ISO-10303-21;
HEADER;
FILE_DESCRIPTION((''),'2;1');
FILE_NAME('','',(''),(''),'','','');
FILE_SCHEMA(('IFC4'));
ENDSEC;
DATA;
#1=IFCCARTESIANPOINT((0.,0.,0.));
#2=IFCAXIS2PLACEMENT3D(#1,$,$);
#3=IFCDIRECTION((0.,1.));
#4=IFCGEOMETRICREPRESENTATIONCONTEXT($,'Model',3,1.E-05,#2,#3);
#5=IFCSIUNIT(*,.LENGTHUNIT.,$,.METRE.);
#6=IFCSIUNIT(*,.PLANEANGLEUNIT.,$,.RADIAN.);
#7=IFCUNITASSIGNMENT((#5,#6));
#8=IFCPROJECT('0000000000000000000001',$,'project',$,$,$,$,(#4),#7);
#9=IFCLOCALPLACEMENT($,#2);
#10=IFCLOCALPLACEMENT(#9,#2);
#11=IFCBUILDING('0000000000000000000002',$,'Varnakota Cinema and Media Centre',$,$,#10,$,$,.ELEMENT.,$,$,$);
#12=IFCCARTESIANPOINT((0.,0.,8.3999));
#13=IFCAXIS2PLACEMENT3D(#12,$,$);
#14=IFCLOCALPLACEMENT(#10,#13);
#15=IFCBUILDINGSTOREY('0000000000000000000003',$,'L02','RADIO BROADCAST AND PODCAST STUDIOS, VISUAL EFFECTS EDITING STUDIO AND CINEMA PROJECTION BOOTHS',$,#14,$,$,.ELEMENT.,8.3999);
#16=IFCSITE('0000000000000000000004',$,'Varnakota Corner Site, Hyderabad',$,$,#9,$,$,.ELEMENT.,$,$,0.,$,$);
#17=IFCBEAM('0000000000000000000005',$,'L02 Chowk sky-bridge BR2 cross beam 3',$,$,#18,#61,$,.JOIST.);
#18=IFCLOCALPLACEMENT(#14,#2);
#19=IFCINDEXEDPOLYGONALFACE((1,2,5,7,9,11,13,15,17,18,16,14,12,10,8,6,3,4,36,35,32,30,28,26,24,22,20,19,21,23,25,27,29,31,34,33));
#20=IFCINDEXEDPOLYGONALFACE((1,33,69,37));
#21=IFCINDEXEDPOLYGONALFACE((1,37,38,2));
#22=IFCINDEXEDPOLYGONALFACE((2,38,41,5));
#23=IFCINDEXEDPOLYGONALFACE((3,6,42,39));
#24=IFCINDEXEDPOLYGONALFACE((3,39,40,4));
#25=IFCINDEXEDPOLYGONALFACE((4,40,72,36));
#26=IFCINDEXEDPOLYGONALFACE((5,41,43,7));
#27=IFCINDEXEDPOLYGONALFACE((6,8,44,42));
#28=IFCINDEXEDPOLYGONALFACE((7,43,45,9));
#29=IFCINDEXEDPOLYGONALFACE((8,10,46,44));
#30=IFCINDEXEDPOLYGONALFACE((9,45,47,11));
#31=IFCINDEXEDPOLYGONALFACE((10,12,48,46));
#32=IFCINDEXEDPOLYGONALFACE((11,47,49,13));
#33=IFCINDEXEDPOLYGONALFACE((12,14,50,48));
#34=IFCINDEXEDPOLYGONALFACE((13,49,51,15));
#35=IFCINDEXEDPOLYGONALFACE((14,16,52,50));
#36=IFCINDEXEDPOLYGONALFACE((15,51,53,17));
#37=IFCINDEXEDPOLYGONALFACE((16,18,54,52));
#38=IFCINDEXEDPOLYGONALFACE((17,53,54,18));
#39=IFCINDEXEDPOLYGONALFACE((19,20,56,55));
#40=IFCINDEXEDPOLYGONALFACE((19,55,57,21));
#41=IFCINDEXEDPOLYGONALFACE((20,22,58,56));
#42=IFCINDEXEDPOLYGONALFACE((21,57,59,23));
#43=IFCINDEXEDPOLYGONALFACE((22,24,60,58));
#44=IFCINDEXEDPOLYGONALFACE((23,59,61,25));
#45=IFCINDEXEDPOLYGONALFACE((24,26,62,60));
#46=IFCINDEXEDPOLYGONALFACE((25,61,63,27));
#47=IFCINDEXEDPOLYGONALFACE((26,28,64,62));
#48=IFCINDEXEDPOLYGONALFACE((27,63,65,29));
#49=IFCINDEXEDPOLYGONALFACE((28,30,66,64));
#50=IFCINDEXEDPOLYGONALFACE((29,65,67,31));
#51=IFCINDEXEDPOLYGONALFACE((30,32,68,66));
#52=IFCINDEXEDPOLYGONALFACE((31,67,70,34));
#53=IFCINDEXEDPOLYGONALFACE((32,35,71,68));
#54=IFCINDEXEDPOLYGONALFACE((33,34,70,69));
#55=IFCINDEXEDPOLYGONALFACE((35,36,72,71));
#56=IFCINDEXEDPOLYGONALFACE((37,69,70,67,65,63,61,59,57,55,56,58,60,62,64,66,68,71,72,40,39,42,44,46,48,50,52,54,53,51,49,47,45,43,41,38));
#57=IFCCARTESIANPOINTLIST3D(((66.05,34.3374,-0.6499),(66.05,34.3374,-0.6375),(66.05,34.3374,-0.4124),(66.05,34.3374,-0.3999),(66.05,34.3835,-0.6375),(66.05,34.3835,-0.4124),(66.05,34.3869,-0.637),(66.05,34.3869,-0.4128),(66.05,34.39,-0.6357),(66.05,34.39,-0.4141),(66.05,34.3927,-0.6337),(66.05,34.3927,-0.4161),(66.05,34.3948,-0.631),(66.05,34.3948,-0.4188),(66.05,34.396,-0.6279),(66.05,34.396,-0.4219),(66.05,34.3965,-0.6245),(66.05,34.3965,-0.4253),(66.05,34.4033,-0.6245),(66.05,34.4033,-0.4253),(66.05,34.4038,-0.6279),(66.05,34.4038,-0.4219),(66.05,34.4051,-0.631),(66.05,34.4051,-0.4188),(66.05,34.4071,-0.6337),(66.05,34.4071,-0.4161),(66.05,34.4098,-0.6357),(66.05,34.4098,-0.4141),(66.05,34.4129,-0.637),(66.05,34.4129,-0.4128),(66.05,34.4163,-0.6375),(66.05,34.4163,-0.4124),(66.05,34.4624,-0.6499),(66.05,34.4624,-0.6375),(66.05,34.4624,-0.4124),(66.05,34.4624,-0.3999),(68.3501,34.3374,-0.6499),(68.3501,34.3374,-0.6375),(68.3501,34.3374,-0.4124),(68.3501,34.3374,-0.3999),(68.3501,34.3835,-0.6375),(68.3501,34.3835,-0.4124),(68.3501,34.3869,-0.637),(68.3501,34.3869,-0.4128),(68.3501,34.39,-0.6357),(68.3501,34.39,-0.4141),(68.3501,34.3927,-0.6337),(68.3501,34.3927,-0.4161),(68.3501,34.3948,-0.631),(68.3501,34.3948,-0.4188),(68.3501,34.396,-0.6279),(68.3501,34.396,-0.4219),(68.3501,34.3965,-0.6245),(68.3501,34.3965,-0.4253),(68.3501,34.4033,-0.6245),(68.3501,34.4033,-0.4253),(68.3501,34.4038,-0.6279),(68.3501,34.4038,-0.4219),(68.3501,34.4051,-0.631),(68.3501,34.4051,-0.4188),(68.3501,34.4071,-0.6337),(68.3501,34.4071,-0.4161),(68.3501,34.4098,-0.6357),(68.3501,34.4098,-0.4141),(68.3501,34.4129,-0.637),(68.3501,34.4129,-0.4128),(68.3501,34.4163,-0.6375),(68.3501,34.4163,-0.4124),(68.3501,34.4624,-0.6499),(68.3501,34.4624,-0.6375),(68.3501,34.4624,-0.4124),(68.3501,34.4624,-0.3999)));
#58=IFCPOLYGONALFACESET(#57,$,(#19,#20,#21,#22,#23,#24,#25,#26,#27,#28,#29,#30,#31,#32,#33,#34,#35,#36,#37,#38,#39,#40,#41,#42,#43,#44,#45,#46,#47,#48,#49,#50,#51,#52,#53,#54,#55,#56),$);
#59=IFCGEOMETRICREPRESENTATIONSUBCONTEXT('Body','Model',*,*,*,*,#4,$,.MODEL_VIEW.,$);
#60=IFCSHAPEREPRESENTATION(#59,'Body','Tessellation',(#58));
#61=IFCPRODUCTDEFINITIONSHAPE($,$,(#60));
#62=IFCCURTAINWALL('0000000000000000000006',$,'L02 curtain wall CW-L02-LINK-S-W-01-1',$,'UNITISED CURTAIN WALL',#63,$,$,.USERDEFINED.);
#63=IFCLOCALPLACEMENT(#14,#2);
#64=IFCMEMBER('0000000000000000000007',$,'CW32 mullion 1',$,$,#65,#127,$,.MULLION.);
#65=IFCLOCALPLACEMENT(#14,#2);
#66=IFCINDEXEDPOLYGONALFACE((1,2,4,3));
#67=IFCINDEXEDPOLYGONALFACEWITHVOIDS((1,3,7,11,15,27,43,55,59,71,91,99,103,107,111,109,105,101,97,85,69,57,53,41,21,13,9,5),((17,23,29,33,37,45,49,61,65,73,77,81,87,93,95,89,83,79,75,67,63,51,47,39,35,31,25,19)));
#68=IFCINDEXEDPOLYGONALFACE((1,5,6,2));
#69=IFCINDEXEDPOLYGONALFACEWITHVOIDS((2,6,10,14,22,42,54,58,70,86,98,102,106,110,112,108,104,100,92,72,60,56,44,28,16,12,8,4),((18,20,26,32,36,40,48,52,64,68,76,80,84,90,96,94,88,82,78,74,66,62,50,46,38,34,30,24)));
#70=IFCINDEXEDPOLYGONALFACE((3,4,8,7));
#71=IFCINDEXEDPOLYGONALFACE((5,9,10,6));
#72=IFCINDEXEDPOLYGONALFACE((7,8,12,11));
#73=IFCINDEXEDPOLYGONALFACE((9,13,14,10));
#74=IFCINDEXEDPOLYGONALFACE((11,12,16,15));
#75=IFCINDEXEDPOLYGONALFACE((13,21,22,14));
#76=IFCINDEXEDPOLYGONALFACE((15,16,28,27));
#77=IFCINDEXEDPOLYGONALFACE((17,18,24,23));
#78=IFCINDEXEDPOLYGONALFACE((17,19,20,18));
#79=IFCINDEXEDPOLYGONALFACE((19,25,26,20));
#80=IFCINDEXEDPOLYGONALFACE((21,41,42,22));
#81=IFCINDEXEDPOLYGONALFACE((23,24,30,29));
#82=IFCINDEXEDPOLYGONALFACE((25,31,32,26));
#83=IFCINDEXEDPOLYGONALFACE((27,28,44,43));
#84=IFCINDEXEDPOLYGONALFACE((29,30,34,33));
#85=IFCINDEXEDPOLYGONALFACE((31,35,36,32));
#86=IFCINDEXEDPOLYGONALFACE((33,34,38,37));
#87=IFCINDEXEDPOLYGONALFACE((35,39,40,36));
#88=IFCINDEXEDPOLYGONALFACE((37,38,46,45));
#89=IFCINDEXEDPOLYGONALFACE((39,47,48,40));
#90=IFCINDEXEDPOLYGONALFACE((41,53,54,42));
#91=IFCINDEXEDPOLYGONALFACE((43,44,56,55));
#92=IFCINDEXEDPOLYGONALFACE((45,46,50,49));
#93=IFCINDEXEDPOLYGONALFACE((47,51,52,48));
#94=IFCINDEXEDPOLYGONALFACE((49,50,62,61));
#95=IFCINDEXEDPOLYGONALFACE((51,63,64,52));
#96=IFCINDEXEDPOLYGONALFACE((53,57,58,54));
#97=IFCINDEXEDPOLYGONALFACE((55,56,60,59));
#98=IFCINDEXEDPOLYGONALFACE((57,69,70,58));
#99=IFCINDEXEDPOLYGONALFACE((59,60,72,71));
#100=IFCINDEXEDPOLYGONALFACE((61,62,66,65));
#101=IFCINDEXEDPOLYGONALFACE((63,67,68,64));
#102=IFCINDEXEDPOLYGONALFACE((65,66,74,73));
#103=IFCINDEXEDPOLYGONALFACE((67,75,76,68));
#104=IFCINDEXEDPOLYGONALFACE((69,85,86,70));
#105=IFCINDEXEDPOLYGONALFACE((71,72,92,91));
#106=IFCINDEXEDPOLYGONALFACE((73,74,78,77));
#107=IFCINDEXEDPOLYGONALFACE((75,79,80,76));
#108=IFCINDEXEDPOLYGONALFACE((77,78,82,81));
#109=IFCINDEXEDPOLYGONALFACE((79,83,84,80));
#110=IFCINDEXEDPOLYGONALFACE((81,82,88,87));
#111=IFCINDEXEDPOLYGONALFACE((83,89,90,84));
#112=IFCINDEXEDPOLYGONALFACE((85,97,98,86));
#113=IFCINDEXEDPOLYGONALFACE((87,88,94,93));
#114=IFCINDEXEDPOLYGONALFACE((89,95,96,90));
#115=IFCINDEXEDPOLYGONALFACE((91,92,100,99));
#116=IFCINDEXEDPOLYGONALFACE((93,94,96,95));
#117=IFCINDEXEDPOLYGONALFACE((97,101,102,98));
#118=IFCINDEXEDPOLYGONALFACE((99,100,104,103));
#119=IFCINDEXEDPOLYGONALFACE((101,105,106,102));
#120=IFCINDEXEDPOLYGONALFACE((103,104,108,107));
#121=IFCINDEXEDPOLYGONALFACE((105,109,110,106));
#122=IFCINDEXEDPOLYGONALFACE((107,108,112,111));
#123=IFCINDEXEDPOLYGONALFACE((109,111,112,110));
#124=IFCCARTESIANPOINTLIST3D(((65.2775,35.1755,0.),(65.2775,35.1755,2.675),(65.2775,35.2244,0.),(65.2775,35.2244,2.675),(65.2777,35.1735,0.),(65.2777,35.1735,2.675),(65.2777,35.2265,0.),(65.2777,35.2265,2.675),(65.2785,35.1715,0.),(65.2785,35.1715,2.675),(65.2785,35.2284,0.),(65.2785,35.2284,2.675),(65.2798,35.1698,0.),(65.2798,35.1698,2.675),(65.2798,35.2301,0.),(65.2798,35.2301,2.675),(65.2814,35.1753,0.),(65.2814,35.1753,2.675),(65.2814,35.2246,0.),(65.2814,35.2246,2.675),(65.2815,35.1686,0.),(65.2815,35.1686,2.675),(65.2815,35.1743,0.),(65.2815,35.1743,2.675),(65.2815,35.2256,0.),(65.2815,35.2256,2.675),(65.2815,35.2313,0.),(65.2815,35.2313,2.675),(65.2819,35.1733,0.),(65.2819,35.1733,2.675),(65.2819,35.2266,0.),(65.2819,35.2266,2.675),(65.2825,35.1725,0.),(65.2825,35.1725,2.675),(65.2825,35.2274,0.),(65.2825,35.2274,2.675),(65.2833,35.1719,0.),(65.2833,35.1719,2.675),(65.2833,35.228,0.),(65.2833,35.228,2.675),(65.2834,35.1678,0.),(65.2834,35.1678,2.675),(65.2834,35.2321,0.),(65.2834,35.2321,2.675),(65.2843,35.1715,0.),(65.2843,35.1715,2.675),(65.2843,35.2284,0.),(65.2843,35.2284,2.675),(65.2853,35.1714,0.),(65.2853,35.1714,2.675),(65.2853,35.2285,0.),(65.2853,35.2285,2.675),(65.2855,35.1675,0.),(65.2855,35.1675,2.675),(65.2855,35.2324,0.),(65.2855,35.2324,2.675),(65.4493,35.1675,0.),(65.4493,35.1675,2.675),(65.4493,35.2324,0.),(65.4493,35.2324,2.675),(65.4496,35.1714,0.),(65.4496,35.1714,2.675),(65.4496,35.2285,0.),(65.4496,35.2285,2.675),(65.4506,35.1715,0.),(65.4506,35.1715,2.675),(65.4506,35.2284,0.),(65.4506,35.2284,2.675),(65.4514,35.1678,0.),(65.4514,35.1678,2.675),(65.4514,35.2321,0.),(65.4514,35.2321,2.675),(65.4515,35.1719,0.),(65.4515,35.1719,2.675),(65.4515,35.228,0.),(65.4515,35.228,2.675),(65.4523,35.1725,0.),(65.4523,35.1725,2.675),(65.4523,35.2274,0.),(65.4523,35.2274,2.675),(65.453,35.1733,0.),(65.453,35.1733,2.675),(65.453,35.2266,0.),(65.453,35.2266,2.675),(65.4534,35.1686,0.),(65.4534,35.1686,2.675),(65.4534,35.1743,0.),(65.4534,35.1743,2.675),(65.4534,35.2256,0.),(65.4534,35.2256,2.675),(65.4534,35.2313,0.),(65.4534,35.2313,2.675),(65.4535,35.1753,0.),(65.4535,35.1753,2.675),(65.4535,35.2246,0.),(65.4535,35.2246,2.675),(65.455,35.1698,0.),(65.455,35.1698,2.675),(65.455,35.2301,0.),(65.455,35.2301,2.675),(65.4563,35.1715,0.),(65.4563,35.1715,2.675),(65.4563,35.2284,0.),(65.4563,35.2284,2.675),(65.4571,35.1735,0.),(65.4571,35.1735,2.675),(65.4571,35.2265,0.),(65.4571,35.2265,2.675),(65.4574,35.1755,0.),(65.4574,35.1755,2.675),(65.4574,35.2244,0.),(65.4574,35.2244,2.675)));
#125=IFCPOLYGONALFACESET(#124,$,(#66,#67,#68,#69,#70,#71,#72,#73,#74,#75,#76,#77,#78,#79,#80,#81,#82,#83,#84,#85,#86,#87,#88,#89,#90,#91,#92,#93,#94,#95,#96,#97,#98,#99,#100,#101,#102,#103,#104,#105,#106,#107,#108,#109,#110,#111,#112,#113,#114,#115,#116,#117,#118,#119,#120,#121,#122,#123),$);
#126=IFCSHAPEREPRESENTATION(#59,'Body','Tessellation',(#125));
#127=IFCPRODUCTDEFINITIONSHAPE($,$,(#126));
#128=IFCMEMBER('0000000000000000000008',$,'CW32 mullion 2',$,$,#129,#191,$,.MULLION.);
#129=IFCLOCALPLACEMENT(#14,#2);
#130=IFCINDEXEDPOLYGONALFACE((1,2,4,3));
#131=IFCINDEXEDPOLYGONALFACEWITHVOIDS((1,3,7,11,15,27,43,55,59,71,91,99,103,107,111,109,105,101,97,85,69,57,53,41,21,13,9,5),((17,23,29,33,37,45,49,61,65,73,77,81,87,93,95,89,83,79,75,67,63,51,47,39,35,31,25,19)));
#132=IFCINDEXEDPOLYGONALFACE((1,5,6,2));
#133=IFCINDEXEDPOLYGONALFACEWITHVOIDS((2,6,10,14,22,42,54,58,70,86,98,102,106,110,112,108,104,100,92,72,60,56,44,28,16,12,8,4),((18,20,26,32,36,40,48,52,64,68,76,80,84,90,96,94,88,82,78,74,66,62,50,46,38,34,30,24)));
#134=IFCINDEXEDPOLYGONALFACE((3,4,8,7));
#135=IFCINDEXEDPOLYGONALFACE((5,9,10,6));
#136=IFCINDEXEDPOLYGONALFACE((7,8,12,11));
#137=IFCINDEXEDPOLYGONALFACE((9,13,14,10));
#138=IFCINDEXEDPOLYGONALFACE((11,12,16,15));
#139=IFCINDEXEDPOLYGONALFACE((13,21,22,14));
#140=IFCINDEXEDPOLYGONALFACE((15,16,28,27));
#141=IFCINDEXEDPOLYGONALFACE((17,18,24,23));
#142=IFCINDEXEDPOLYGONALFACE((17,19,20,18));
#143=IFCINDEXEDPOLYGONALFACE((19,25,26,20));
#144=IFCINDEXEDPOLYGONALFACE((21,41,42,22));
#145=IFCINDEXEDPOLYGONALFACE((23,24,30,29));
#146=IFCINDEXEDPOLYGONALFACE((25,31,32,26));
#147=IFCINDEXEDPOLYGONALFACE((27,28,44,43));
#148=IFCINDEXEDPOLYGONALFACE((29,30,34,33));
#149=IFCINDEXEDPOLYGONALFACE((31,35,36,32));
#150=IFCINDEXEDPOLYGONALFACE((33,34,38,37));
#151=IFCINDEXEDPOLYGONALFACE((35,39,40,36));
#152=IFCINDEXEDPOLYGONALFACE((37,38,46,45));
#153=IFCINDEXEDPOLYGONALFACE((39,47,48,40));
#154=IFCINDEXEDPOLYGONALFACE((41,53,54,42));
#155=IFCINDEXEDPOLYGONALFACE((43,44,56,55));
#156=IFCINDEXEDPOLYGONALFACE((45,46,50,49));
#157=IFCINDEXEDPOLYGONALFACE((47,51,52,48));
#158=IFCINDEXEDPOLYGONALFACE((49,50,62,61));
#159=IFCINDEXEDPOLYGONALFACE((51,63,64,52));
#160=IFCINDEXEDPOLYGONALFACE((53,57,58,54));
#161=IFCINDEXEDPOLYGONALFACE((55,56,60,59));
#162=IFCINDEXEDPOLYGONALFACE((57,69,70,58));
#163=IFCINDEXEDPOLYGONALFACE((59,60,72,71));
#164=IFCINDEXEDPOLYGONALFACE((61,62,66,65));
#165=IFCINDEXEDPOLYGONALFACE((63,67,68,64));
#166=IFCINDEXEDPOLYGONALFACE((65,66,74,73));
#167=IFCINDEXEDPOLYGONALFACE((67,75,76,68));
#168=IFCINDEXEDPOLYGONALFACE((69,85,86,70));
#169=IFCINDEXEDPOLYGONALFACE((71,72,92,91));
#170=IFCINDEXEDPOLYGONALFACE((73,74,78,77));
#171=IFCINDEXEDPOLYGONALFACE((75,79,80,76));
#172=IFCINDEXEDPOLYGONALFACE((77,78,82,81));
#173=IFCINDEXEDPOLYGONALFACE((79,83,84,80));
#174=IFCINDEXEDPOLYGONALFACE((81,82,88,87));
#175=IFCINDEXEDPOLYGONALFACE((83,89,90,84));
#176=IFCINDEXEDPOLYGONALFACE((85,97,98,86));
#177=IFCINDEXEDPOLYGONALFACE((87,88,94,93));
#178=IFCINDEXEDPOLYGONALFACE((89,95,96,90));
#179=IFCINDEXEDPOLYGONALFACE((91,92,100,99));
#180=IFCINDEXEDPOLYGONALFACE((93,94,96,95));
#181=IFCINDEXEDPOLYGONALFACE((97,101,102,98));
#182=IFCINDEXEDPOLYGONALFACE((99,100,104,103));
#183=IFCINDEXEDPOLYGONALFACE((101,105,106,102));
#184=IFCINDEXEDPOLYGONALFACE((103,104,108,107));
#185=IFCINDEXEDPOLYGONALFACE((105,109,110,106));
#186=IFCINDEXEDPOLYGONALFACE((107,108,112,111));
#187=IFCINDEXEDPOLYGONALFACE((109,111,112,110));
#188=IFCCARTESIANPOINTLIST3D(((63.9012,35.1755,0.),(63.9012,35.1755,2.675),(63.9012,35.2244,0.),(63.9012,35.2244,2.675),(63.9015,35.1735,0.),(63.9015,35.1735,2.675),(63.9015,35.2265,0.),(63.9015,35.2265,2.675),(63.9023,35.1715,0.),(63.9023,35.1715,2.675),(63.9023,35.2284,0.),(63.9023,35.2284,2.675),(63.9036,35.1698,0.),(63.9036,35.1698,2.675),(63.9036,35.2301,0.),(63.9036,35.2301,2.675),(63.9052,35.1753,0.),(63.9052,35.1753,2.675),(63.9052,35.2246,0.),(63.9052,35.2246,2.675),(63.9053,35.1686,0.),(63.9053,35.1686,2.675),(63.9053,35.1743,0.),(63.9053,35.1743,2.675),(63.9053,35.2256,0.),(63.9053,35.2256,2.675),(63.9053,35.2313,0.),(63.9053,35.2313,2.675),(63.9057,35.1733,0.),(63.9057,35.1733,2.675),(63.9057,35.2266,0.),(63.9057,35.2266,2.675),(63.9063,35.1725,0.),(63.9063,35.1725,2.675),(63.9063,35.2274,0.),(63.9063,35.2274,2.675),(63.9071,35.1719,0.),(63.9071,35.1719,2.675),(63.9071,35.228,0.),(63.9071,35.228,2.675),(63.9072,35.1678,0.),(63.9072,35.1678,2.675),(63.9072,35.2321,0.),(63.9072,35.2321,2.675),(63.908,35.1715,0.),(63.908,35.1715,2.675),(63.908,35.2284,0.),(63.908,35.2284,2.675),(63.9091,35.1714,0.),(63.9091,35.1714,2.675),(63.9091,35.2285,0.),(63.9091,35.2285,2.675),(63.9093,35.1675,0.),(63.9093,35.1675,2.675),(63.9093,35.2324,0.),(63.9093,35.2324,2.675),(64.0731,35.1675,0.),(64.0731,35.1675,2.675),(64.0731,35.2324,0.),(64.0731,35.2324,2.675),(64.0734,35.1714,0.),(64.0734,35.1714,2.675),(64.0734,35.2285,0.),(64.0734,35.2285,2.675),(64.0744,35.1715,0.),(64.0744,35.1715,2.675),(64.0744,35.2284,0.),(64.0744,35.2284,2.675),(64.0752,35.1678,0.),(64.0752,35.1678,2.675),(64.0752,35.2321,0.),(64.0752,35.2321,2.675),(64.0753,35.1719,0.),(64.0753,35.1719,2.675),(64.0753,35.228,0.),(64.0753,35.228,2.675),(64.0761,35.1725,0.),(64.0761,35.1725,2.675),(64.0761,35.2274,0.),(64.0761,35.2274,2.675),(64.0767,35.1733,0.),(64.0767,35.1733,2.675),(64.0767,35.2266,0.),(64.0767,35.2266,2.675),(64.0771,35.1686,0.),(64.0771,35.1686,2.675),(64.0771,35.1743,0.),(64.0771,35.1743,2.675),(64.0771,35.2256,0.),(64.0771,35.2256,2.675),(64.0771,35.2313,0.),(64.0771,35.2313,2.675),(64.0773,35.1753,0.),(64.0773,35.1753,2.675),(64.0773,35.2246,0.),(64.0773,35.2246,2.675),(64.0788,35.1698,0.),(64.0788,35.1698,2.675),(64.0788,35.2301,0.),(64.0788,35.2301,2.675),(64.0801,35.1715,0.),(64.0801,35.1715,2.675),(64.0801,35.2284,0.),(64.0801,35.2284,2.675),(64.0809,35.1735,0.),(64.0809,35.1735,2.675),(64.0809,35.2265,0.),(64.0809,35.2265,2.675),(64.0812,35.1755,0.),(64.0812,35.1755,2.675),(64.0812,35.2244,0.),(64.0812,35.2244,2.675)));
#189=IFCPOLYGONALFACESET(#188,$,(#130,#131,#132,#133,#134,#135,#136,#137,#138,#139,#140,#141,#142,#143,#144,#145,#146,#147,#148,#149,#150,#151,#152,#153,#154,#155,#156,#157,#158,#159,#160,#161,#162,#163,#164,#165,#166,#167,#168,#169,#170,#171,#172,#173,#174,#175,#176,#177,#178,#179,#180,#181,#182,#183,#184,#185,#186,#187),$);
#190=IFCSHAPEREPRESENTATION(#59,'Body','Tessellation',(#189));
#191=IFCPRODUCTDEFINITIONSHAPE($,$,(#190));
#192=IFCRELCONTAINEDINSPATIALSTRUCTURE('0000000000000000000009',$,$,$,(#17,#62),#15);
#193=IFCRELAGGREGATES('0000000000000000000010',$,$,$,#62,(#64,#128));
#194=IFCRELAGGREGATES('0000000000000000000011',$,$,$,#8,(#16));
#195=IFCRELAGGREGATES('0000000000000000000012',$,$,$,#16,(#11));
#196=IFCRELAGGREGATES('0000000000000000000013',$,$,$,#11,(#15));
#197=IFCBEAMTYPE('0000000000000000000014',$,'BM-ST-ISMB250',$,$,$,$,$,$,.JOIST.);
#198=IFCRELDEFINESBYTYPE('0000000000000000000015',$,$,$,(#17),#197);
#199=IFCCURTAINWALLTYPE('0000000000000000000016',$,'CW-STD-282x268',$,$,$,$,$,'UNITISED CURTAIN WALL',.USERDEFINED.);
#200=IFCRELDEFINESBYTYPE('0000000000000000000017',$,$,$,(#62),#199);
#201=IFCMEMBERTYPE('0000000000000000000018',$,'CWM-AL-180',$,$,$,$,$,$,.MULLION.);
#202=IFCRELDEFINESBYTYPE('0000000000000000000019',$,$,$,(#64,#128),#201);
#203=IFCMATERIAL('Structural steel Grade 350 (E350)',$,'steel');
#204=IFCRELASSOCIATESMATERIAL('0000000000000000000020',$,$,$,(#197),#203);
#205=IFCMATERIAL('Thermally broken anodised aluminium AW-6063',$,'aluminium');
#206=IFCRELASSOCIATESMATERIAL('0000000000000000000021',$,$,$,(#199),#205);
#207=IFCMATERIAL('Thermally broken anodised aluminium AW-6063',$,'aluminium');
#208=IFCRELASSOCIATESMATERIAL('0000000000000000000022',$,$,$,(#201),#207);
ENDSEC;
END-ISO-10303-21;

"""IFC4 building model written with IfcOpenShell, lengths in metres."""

from ifc_helpers import new_model, si_unit, direction, frame, origin, origin_2d, place, context, subcontext, project, spatial, hollow_rectangle, i_section, extrude, material, material_profile, profile_set, type_object, element, aggregate, save


model = new_model("IFC4")

# Units and contexts
model_context = context("Model", 3, precision=1e-05, world=origin(), true_north=direction((0.0, 1.0)))
body_context = subcontext(model_context, "Body", "Model", "MODEL_VIEW")
ifc_project = project(units=[si_unit("LENGTHUNIT", "METRE"), si_unit("PLANEANGLEUNIT", "RADIAN")], contexts=[model_context])

# Site, building, storey
site_placement = place(None, origin())
site = spatial("IfcSite", under=ifc_project, at=site_placement, Name="Varnakota Corner Site, Hyderabad", CompositionType="ELEMENT", RefElevation=0.0)
building_placement = place(site_placement, origin())
building = spatial("IfcBuilding", under=site, at=building_placement, Name="Varnakota Cinema and Media Centre", CompositionType="ELEMENT")
storey_placement = place(building_placement, frame((0.0, 0.0, 8.3999)))
storey = spatial("IfcBuildingStorey", under=building, at=storey_placement, Name="L02", Description="RADIO BROADCAST AND PODCAST STUDIOS, VISUAL EFFECTS EDITING STUDIO AND CINEMA PROJECTION BOOTHS", CompositionType="ELEMENT", Elevation=8.3999)

# Beam
ifc_material_1 = material(Name="Structural steel Grade 350 (E350)", Category="steel")
ifc_material_profile_1 = material_profile(ifc_material_1, i_section(OverallWidth=0.125, OverallDepth=0.25, WebThickness=0.0068, FlangeThickness=0.0125, FilletRadius=0.0129, at=origin_2d()), Name="ISMB 250")
ifc_profile_set_1 = profile_set([ifc_material_profile_1], Name="Structural steel Grade 350 (E350)")
beam_type_1 = type_object("IfcBeamType", Name="BM-ST-ISMB250", PredefinedType="JOIST", material=ifc_profile_set_1)
for number, where, z_axis, x_axis, name in (
    (1, (66.05, 34.3999, -0.5249), (1.0, 0.0, 0.0), (0.0, 1.0, 0.0), "L02 Chowk sky-bridge BR2 cross beam 3"),
):
    element("IfcBeam", number, at=place(storey_placement, frame(where, z_axis=z_axis, x_axis=x_axis)), inside=storey, type_object=beam_type_1, Name=name, PredefinedType="JOIST", context=body_context, shape_type="SweptSolid", body=[
        extrude(i_section(OverallWidth=0.125, OverallDepth=0.25, WebThickness=0.0068, FlangeThickness=0.0125, FilletRadius=0.0129, at=origin_2d()), origin(), (0.0, 0.0, 1.0), 2.3),
    ])

# Curtain wall, members
ifc_material_2 = material(Name="Thermally broken anodised aluminium AW-6063", Category="aluminium")
curtain_wall_type = type_object("IfcCurtainWallType", Name="CW-STD-282x268", ElementType="UNITISED CURTAIN WALL", PredefinedType="USERDEFINED", material=ifc_material_2)
curtain_wall_placement = place(storey_placement, origin())
curtain_wall = element("IfcCurtainWall", 2, at=curtain_wall_placement, inside=storey, type_object=curtain_wall_type, Name="L02 curtain wall CW-L02-LINK-S-W-01-1", ObjectType="UNITISED CURTAIN WALL", PredefinedType="USERDEFINED")
ifc_material_3 = material(Name="Thermally broken anodised aluminium AW-6063", Category="aluminium")
ifc_material_profile_2 = material_profile(ifc_material_3, hollow_rectangle(XDim=0.0649, YDim=0.1799, WallThickness=0.0039, InnerFilletRadius=0.0039, OuterFilletRadius=0.0081, at=origin_2d()), Name="AL-MULLION 180x65x4")
ifc_profile_set_2 = profile_set([ifc_material_profile_2], Name="Thermally broken anodised aluminium AW-6063")
member_type_1 = type_object("IfcMemberType", Name="CWM-AL-180", PredefinedType="MULLION", material=ifc_profile_set_2)
member_1_placement = place(storey_placement, frame((65.3674, 35.2, 0.0), z_axis=(0.0, 0.0, 1.0), x_axis=(0.0, -1.0, 0.0)))
member_1 = element("IfcMember", 3, at=member_1_placement, type_object=member_type_1, Name="CW32 mullion 1", PredefinedType="MULLION", context=body_context, shape_type="SweptSolid", body=[
    extrude(hollow_rectangle(XDim=0.0649, YDim=0.1799, WallThickness=0.0039, InnerFilletRadius=0.0039, OuterFilletRadius=0.0081, at=origin_2d()), origin(), (0.0, 0.0, 1.0), 2.675),
])
member_2_placement = place(storey_placement, frame((63.9912, 35.2, 0.0), z_axis=(0.0, 0.0, 1.0), x_axis=(0.0, -1.0, 0.0)))
member_2 = element("IfcMember", 4, at=member_2_placement, type_object=member_type_1, Name="CW32 mullion 2", PredefinedType="MULLION", context=body_context, shape_type="SweptSolid", body=[
    extrude(hollow_rectangle(XDim=0.0649, YDim=0.1799, WallThickness=0.0039, InnerFilletRadius=0.0039, OuterFilletRadius=0.0081, at=origin_2d()), origin(), (0.0, 0.0, 1.0), 2.675),
])

aggregate(curtain_wall, [member_1, member_2])

save(model, "model.ifc")
